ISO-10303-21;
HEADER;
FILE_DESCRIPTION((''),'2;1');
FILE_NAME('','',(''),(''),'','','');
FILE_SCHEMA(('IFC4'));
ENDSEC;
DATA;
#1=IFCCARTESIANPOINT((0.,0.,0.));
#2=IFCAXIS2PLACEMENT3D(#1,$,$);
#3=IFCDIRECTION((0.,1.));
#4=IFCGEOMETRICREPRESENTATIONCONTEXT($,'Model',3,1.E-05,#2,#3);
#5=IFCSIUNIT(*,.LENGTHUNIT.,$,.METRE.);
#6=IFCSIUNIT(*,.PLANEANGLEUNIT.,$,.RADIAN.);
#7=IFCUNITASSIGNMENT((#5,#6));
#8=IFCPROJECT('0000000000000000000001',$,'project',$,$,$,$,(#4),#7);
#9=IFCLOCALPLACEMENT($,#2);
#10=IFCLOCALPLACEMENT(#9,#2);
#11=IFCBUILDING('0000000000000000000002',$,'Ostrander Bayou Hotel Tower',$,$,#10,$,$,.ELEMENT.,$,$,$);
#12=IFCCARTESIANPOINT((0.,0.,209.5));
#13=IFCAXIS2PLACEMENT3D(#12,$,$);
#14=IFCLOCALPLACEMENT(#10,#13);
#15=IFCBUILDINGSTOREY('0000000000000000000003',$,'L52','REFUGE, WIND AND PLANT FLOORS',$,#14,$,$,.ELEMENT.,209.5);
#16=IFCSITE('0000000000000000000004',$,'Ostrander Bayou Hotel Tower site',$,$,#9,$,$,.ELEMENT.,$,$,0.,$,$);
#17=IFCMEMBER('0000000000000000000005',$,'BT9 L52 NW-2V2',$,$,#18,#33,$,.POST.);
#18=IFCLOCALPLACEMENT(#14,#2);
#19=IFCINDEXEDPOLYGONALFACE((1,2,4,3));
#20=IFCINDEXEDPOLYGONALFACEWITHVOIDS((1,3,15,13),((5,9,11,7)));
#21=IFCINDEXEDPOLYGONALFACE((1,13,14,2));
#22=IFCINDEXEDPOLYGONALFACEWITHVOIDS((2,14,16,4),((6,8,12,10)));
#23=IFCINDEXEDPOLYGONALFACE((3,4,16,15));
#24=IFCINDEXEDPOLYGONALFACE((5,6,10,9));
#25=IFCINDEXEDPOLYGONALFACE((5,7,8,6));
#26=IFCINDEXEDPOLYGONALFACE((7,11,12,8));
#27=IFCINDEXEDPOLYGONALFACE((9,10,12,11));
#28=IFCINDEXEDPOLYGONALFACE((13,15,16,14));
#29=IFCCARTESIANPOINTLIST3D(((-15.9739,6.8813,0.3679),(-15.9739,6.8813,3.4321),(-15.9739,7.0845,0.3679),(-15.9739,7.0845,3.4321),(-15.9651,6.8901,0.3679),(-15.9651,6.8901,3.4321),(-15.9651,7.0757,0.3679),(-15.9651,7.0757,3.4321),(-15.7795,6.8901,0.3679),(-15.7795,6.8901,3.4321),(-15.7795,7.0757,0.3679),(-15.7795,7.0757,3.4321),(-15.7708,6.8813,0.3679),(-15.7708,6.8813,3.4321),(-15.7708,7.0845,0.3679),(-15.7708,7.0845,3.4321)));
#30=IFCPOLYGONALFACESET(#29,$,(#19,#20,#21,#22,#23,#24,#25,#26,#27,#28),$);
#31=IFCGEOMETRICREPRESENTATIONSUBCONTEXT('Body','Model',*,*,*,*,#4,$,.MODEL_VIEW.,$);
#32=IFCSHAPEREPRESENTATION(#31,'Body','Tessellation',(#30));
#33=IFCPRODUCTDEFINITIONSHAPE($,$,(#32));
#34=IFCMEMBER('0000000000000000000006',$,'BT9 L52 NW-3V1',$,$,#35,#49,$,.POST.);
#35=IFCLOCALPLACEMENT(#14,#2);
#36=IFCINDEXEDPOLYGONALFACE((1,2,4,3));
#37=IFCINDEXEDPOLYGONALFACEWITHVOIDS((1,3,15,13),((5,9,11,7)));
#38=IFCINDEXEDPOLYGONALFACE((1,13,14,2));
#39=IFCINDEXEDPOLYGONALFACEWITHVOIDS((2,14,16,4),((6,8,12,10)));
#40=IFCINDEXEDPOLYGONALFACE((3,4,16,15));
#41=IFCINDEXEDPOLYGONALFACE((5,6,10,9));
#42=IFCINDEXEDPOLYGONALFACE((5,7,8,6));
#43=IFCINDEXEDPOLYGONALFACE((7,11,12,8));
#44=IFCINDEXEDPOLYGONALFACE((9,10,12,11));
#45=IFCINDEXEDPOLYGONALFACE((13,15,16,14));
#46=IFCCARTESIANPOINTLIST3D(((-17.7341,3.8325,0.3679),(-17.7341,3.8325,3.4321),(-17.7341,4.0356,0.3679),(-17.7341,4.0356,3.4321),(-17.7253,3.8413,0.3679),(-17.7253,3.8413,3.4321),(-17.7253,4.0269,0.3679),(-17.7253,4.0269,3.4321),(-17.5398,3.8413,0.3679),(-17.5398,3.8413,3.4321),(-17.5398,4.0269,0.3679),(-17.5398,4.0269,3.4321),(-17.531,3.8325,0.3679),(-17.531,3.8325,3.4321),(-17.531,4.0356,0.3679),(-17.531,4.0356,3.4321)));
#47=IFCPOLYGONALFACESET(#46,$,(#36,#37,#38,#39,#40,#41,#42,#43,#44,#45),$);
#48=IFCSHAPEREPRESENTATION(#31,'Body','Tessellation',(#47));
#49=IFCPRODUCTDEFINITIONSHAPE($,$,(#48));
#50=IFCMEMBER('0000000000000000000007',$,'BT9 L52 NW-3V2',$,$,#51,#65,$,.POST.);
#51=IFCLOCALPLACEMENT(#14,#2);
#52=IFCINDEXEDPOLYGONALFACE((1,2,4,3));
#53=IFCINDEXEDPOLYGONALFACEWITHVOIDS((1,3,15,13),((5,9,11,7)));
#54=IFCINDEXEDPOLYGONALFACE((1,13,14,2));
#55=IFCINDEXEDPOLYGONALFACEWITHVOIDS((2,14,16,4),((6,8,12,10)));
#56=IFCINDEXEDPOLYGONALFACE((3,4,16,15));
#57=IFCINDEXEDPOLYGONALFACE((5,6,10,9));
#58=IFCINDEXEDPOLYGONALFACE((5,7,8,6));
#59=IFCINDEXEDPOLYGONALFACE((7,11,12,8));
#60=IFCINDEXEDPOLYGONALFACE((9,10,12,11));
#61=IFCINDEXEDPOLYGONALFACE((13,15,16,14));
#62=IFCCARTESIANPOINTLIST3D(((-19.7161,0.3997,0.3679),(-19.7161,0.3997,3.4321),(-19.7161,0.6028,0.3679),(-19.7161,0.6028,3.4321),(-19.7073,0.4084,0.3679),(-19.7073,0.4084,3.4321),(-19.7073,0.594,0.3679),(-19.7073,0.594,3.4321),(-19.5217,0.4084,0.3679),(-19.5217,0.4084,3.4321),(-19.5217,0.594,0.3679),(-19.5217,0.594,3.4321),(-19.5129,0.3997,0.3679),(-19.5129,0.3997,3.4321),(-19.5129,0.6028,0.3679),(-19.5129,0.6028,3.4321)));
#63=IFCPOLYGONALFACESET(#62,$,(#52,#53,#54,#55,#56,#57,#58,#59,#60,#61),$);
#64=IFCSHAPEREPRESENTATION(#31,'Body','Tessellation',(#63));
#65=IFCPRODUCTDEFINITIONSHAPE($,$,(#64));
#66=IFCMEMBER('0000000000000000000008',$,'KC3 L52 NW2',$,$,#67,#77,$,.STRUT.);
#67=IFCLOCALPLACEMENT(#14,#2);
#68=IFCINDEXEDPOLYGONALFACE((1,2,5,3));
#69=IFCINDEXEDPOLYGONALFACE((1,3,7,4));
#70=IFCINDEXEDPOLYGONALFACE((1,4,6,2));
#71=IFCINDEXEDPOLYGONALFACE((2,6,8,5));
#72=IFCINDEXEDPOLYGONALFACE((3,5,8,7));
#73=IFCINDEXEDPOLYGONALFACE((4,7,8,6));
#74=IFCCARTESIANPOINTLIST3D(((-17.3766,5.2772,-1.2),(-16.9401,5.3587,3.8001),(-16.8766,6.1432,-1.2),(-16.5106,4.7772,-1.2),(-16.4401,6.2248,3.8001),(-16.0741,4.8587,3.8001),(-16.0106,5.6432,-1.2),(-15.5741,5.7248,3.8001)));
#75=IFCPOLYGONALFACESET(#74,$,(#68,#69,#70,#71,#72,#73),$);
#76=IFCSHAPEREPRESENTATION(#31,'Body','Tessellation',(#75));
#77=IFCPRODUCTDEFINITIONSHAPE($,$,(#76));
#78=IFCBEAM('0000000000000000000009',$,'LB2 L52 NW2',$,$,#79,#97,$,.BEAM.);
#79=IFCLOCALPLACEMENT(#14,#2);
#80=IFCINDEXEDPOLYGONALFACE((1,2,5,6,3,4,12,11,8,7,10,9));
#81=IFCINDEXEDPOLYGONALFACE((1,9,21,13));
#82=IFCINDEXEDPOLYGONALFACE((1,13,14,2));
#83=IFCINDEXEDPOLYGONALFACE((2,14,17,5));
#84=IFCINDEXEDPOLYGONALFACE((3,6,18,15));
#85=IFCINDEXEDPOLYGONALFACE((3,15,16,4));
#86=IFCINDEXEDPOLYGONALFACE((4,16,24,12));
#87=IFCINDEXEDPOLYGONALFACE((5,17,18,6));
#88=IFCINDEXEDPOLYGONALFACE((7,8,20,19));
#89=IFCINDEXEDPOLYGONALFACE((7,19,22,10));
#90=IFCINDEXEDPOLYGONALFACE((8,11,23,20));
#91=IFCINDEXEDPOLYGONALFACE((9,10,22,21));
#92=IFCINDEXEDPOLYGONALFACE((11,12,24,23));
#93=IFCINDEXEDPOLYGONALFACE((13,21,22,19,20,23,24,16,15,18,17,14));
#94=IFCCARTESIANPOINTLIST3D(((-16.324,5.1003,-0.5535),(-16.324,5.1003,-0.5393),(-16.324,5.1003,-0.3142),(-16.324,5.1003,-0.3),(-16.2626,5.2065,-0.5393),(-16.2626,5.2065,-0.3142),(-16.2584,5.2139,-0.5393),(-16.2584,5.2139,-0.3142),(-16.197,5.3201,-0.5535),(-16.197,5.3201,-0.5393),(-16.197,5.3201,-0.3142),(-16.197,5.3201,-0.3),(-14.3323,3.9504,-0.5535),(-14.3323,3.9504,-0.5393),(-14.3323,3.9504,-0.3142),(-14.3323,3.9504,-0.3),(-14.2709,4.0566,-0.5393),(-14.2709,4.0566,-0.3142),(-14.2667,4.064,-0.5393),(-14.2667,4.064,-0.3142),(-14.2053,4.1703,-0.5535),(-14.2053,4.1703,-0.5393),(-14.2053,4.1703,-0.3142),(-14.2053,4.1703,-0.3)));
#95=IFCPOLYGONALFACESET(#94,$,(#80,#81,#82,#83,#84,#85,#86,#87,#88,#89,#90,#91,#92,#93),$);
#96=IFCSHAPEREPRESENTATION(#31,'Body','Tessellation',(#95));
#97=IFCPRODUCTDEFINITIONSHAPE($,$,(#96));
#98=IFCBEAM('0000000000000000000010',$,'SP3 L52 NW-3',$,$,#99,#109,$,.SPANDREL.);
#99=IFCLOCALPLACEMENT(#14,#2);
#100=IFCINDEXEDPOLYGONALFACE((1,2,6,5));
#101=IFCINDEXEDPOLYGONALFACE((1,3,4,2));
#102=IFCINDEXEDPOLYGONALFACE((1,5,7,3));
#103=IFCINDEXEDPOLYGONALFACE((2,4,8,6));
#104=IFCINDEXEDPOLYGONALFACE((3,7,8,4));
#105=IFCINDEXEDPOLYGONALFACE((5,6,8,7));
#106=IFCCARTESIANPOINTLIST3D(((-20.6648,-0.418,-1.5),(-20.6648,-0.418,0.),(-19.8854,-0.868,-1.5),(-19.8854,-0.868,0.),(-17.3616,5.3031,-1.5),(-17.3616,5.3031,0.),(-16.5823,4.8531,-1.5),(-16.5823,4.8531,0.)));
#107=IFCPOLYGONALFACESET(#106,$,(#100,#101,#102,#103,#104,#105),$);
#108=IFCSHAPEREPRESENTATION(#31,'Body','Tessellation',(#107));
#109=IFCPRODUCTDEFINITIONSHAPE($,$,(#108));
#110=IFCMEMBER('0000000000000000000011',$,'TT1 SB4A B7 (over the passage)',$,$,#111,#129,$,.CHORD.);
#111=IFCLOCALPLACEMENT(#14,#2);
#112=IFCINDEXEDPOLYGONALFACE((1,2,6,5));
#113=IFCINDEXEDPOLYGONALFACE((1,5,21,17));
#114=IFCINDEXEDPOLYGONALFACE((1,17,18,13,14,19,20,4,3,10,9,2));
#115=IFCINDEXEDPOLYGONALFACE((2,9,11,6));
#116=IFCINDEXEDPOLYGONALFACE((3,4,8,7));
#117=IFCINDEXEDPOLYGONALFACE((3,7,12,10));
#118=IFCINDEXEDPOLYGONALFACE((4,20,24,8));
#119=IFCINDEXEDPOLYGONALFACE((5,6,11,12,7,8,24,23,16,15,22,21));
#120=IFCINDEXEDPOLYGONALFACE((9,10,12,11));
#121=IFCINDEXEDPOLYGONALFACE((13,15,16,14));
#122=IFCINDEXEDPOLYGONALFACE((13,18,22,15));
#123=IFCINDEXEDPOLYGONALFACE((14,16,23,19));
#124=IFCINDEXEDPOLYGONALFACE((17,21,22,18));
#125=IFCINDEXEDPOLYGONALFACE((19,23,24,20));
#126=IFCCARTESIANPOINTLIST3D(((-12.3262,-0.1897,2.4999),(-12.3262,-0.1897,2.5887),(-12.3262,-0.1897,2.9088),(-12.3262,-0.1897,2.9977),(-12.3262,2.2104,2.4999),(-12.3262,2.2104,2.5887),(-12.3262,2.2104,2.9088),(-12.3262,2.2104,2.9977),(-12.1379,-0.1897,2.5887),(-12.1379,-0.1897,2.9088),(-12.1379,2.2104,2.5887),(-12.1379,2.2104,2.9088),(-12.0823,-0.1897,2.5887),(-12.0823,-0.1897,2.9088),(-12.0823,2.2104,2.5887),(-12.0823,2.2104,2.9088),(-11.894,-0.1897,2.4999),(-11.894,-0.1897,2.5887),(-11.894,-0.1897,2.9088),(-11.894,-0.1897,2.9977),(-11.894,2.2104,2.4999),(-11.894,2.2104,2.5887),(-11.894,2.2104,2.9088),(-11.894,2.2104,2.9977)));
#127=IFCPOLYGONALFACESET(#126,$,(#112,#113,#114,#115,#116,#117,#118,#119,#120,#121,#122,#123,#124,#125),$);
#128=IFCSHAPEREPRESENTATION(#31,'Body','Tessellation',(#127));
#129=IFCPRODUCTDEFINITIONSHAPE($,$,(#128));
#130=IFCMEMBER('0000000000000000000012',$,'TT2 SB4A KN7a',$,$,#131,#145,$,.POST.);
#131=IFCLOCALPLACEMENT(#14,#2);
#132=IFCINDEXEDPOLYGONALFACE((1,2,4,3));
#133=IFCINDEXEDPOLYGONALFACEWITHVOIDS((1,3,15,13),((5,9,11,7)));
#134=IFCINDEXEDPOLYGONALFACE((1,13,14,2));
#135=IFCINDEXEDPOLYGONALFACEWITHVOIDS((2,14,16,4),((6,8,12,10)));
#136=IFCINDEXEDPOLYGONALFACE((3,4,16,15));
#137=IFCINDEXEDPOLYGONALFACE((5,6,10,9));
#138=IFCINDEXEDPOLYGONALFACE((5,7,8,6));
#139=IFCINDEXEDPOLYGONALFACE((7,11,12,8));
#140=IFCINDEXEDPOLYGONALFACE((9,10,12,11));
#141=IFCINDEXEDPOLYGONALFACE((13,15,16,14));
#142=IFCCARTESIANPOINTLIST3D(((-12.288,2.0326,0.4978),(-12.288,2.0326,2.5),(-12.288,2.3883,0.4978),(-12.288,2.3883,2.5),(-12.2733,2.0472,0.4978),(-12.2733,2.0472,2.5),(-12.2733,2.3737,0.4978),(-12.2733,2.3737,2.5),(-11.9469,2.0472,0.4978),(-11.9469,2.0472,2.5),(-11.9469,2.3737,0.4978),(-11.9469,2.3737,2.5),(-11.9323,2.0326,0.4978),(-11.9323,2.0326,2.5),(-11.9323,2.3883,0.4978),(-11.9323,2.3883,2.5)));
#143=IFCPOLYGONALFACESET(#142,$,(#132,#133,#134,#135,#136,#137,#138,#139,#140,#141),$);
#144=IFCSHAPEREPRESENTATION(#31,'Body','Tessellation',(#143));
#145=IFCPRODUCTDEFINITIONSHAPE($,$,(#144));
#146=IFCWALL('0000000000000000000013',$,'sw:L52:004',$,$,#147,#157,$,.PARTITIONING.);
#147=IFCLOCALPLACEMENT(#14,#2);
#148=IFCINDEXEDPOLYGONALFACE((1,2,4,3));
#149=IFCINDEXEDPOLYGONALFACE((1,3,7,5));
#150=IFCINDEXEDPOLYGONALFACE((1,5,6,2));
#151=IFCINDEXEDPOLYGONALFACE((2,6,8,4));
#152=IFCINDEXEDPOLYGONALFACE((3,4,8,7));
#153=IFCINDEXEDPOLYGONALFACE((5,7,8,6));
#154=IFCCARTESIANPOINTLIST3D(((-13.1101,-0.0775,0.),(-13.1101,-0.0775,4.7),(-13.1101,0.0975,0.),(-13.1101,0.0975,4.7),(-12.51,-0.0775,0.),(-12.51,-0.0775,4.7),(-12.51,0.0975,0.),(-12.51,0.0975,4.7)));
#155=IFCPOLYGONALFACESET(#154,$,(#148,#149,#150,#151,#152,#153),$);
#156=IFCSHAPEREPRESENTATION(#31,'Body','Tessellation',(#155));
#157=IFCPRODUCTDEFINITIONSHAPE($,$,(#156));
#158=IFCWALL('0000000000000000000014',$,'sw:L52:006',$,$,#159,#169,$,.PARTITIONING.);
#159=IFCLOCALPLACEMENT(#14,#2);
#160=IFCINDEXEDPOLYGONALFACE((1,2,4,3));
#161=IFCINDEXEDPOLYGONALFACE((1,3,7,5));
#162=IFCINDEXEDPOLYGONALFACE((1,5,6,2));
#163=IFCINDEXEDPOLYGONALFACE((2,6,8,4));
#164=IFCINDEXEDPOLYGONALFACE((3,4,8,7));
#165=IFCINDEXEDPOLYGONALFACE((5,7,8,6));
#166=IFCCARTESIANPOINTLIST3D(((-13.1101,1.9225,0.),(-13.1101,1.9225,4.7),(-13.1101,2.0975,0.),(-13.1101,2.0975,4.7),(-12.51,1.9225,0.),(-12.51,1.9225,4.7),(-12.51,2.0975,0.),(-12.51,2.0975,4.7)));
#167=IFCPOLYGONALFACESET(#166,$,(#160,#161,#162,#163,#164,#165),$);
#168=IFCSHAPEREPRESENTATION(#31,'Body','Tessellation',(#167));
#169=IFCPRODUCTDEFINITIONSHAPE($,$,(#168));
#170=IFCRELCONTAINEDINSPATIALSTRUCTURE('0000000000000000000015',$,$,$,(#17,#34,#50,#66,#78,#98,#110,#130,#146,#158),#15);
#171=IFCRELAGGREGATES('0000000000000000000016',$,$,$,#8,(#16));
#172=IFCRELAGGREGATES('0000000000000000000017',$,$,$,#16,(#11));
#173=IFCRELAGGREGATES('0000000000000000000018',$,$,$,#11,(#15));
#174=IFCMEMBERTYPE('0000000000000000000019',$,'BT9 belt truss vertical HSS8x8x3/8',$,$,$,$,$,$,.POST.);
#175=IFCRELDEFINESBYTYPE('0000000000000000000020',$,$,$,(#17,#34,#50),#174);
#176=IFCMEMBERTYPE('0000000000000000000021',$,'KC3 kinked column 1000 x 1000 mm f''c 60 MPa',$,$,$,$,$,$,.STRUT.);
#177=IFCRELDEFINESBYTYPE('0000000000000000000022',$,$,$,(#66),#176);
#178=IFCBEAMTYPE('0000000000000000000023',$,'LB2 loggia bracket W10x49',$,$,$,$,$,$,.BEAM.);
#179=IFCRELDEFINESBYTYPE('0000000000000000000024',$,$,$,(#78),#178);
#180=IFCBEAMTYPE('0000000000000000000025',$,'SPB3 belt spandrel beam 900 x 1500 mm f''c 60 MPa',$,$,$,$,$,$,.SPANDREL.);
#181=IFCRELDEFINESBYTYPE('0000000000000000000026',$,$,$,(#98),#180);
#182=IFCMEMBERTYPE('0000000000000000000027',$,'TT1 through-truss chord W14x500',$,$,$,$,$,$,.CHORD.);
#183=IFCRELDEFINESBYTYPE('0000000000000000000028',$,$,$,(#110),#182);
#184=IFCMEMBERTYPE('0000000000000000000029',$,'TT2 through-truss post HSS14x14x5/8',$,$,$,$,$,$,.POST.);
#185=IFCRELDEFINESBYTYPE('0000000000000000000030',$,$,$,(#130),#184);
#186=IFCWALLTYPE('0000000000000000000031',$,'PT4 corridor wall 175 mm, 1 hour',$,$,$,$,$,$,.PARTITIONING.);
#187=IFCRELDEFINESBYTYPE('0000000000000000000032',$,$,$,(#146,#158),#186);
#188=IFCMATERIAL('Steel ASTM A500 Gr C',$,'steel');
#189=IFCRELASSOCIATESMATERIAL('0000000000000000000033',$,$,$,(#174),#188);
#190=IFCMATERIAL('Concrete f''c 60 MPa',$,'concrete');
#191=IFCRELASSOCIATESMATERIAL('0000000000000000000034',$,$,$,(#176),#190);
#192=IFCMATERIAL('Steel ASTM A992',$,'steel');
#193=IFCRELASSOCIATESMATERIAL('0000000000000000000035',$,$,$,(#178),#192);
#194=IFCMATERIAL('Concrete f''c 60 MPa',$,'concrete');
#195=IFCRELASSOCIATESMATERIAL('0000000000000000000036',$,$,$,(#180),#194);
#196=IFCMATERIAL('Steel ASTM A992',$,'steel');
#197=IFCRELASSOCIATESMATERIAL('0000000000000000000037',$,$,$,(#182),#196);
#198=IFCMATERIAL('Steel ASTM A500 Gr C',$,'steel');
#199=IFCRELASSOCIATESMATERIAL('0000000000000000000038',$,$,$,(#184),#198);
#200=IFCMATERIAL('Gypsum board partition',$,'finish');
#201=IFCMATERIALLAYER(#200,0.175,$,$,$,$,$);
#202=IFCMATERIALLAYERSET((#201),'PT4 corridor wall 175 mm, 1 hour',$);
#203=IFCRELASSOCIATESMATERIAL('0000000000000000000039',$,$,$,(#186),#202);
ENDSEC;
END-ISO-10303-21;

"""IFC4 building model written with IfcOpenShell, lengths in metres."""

from ifc_helpers import new_model, si_unit, direction, frame, frame_2d, origin, origin_2d, place, context, subcontext, project, spatial, rectangle, hollow_rectangle, i_section, extrude, material, layer, layer_set, material_profile, profile_set, type_object, element, save


model = new_model("IFC4")

# Units and contexts
model_context = context("Model", 3, precision=1e-05, world=origin(), true_north=direction((0.0, 1.0)))
body_context = subcontext(model_context, "Body", "Model", "MODEL_VIEW")
ifc_project = project(units=[si_unit("LENGTHUNIT", "METRE"), si_unit("PLANEANGLEUNIT", "RADIAN")], contexts=[model_context])

# Site, building, storey
site_placement = place(None, origin())
site = spatial("IfcSite", under=ifc_project, at=site_placement, Name="Ostrander Bayou Hotel Tower site", CompositionType="ELEMENT", RefElevation=0.0)
building_placement = place(site_placement, origin())
building = spatial("IfcBuilding", under=site, at=building_placement, Name="Ostrander Bayou Hotel Tower", CompositionType="ELEMENT")
storey_placement = place(building_placement, frame((0.0, 0.0, 209.5)))
storey = spatial("IfcBuildingStorey", under=building, at=storey_placement, Name="L52", Description="REFUGE, WIND AND PLANT FLOORS", CompositionType="ELEMENT", Elevation=209.5)

# Members
ifc_material_1 = material(Name="Steel ASTM A500 Gr C", Category="steel")
ifc_material_profile_1 = material_profile(ifc_material_1, hollow_rectangle(XDim=0.2031, YDim=0.2031, WallThickness=0.0088, at=origin_2d()))
ifc_profile_set_1 = profile_set([ifc_material_profile_1], Name="Steel ASTM A500 Gr C")
member_type_1 = type_object("IfcMemberType", Name="BT9 belt truss vertical HSS8x8x3/8", PredefinedType="POST", material=ifc_profile_set_1)
for number, where, z_axis, x_axis, name in (
    (1, (-15.8723, 6.9829, 0.3679), (0.0, 0.0, 1.0), (1.0, 0.0, 0.0), "BT9 L52 NW-2V2"),
    (2, (-17.6326, 3.9341, 0.3679), (0.0, 0.0, 1.0), (1.0, 0.0, 0.0), "BT9 L52 NW-3V1"),
    (3, (-19.6145, 0.5012, 0.3679), (0.0, 0.0, 1.0), (1.0, 0.0, 0.0), "BT9 L52 NW-3V2"),
):
    element("IfcMember", number, at=place(storey_placement, frame(where, z_axis=z_axis, x_axis=x_axis)), inside=storey, type_object=member_type_1, Name=name, PredefinedType="POST", context=body_context, shape_type="SweptSolid", body=[
        extrude(hollow_rectangle(XDim=0.2031, YDim=0.2031, WallThickness=0.0088, at=origin_2d()), origin(), (0.0, 0.0, 1.0), 3.0642),
    ])
ifc_material_2 = material(Name="Concrete f'c 60 MPa", Category="concrete")
ifc_material_profile_2 = material_profile(ifc_material_2, rectangle(XDim=1.0, YDim=1.0, at=origin_2d()))
ifc_profile_set_2 = profile_set([ifc_material_profile_2], Name="Concrete f'c 60 MPa")
member_type_2 = type_object("IfcMemberType", Name="KC3 kinked column 1000 x 1000 mm f'c 60 MPa", PredefinedType="STRUT", material=ifc_profile_set_2)
member_1_placement = place(storey_placement, frame((-16.6936, 5.4602, -1.2), z_axis=(0.0, 0.0, 1.0), x_axis=(0.5, 0.866025, 0.0)))
element("IfcMember", 4, at=member_1_placement, inside=storey, type_object=member_type_2, Name="KC3 L52 NW2", PredefinedType="STRUT", context=body_context, shape_type="SweptSolid", body=[
    extrude(rectangle(XDim=1.0, YDim=1.0, at=origin_2d()), origin(), (0.057549, -0.067189, 0.996079), 5.0198),
])

# Beams
ifc_material_3 = material(Name="Steel ASTM A992", Category="steel")
ifc_material_profile_3 = material_profile(ifc_material_3, i_section(OverallWidth=0.2539, OverallDepth=0.2534, WebThickness=0.0085, FlangeThickness=0.0142, at=origin_2d()))
ifc_profile_set_3 = profile_set([ifc_material_profile_3], Name="Steel ASTM A992")
beam_type_1 = type_object("IfcBeamType", Name="LB2 loggia bracket W10x49", PredefinedType="BEAM", material=ifc_profile_set_3)
beam_1_placement = place(storey_placement, frame((-16.2605, 5.2102, -0.4268), z_axis=(0.866026, -0.499998, 0.0), x_axis=(0.499998, 0.866026, 0.0)))
element("IfcBeam", 5, at=beam_1_placement, inside=storey, type_object=beam_type_1, Name="LB2 L52 NW2", PredefinedType="BEAM", context=body_context, shape_type="SweptSolid", body=[
    extrude(i_section(OverallWidth=0.2539, OverallDepth=0.2534, WebThickness=0.0085, FlangeThickness=0.0142, at=origin_2d()), origin(), (0.0, 0.0, 1.0), 2.2998),
])
ifc_material_4 = material(Name="Concrete f'c 60 MPa", Category="concrete")
ifc_material_profile_4 = material_profile(ifc_material_4, rectangle(XDim=0.8999, YDim=1.5, at=origin_2d()))
ifc_profile_set_4 = profile_set([ifc_material_profile_4], Name="Concrete f'c 60 MPa")
beam_type_2 = type_object("IfcBeamType", Name="SPB3 belt spandrel beam 900 x 1500 mm f'c 60 MPa", PredefinedType="SPANDREL", material=ifc_profile_set_4)
beam_2_placement = place(storey_placement, frame((-16.9719, 5.0781, -0.75), z_axis=(-0.50001, -0.866019, 0.0), x_axis=(0.866019, -0.50001, 0.0)))
element("IfcBeam", 6, at=beam_2_placement, inside=storey, type_object=beam_type_2, Name="SP3 L52 NW-3", PredefinedType="SPANDREL", context=body_context, shape_type="SweptSolid", body=[
    extrude(rectangle(XDim=0.8999, YDim=1.5, at=origin_2d()), origin(), (0.0, 0.0, 1.0), 6.6062),
])

# Members
ifc_material_5 = material(Name="Steel ASTM A992", Category="steel")
ifc_material_profile_5 = material_profile(ifc_material_5, i_section(OverallWidth=0.4321, OverallDepth=0.4978, WebThickness=0.0557, FlangeThickness=0.0889, at=origin_2d()))
ifc_profile_set_5 = profile_set([ifc_material_profile_5], Name="Steel ASTM A992")
member_type_3 = type_object("IfcMemberType", Name="TT1 through-truss chord W14x500", PredefinedType="CHORD", material=ifc_profile_set_5)
member_2_placement = place(storey_placement, frame((-12.1101, 2.2104, 2.7488), z_axis=(0.0, -1.0, 0.0), x_axis=(1.0, 0.0, 0.0)))
element("IfcMember", 7, at=member_2_placement, inside=storey, type_object=member_type_3, Name="TT1 SB4A B7 (over the passage)", PredefinedType="CHORD", context=body_context, shape_type="SweptSolid", body=[
    extrude(i_section(OverallWidth=0.4321, OverallDepth=0.4978, WebThickness=0.0557, FlangeThickness=0.0889, at=origin_2d()), origin(), (0.0, 0.0, 1.0), 2.4001),
])
ifc_material_6 = material(Name="Steel ASTM A500 Gr C", Category="steel")
ifc_material_profile_6 = material_profile(ifc_material_6, hollow_rectangle(XDim=0.3557, YDim=0.3557, WallThickness=0.0146, at=origin_2d()))
ifc_profile_set_6 = profile_set([ifc_material_profile_6], Name="Steel ASTM A500 Gr C")
member_type_4 = type_object("IfcMemberType", Name="TT2 through-truss post HSS14x14x5/8", PredefinedType="POST", material=ifc_profile_set_6)
member_3_placement = place(storey_placement, frame((-12.1101, 2.2104, 0.4978), z_axis=(0.0, 0.0, 1.0), x_axis=(1.0, 0.0, 0.0)))
element("IfcMember", 8, at=member_3_placement, inside=storey, type_object=member_type_4, Name="TT2 SB4A KN7a", PredefinedType="POST", context=body_context, shape_type="SweptSolid", body=[
    extrude(hollow_rectangle(XDim=0.3557, YDim=0.3557, WallThickness=0.0146, at=origin_2d()), origin(), (0.0, 0.0, 1.0), 2.0022),
])

# Walls
ifc_material_7 = material(Name="Gypsum board partition", Category="finish")
ifc_layer_1 = layer(ifc_material_7, 0.175)
ifc_layer_set_1 = layer_set([ifc_layer_1], Name="PT4 corridor wall 175 mm, 1 hour")
wall_type = type_object("IfcWallType", Name="PT4 corridor wall 175 mm, 1 hour", PredefinedType="PARTITIONING", material=ifc_layer_set_1)
for number, where, z_axis, x_axis, name in (
    (9, (-13.1101, 0.01, 0.0), (0.0, 0.0, 1.0), (1.0, 0.0, 0.0), "sw:L52:004"),
    (10, (-13.1101, 2.01, 0.0), (0.0, 0.0, 1.0), (1.0, 0.0, 0.0), "sw:L52:006"),
):
    element("IfcWall", number, at=place(storey_placement, frame(where, z_axis=z_axis, x_axis=x_axis)), inside=storey, type_object=wall_type, Name=name, PredefinedType="PARTITIONING", context=body_context, shape_type="SweptSolid", body=[
        extrude(rectangle(XDim=0.6001, YDim=0.175, at=frame_2d((0.3, 0.0))), origin(), (0.0, 0.0, 1.0), 4.7),
    ])

save(model, "model.ifc")
